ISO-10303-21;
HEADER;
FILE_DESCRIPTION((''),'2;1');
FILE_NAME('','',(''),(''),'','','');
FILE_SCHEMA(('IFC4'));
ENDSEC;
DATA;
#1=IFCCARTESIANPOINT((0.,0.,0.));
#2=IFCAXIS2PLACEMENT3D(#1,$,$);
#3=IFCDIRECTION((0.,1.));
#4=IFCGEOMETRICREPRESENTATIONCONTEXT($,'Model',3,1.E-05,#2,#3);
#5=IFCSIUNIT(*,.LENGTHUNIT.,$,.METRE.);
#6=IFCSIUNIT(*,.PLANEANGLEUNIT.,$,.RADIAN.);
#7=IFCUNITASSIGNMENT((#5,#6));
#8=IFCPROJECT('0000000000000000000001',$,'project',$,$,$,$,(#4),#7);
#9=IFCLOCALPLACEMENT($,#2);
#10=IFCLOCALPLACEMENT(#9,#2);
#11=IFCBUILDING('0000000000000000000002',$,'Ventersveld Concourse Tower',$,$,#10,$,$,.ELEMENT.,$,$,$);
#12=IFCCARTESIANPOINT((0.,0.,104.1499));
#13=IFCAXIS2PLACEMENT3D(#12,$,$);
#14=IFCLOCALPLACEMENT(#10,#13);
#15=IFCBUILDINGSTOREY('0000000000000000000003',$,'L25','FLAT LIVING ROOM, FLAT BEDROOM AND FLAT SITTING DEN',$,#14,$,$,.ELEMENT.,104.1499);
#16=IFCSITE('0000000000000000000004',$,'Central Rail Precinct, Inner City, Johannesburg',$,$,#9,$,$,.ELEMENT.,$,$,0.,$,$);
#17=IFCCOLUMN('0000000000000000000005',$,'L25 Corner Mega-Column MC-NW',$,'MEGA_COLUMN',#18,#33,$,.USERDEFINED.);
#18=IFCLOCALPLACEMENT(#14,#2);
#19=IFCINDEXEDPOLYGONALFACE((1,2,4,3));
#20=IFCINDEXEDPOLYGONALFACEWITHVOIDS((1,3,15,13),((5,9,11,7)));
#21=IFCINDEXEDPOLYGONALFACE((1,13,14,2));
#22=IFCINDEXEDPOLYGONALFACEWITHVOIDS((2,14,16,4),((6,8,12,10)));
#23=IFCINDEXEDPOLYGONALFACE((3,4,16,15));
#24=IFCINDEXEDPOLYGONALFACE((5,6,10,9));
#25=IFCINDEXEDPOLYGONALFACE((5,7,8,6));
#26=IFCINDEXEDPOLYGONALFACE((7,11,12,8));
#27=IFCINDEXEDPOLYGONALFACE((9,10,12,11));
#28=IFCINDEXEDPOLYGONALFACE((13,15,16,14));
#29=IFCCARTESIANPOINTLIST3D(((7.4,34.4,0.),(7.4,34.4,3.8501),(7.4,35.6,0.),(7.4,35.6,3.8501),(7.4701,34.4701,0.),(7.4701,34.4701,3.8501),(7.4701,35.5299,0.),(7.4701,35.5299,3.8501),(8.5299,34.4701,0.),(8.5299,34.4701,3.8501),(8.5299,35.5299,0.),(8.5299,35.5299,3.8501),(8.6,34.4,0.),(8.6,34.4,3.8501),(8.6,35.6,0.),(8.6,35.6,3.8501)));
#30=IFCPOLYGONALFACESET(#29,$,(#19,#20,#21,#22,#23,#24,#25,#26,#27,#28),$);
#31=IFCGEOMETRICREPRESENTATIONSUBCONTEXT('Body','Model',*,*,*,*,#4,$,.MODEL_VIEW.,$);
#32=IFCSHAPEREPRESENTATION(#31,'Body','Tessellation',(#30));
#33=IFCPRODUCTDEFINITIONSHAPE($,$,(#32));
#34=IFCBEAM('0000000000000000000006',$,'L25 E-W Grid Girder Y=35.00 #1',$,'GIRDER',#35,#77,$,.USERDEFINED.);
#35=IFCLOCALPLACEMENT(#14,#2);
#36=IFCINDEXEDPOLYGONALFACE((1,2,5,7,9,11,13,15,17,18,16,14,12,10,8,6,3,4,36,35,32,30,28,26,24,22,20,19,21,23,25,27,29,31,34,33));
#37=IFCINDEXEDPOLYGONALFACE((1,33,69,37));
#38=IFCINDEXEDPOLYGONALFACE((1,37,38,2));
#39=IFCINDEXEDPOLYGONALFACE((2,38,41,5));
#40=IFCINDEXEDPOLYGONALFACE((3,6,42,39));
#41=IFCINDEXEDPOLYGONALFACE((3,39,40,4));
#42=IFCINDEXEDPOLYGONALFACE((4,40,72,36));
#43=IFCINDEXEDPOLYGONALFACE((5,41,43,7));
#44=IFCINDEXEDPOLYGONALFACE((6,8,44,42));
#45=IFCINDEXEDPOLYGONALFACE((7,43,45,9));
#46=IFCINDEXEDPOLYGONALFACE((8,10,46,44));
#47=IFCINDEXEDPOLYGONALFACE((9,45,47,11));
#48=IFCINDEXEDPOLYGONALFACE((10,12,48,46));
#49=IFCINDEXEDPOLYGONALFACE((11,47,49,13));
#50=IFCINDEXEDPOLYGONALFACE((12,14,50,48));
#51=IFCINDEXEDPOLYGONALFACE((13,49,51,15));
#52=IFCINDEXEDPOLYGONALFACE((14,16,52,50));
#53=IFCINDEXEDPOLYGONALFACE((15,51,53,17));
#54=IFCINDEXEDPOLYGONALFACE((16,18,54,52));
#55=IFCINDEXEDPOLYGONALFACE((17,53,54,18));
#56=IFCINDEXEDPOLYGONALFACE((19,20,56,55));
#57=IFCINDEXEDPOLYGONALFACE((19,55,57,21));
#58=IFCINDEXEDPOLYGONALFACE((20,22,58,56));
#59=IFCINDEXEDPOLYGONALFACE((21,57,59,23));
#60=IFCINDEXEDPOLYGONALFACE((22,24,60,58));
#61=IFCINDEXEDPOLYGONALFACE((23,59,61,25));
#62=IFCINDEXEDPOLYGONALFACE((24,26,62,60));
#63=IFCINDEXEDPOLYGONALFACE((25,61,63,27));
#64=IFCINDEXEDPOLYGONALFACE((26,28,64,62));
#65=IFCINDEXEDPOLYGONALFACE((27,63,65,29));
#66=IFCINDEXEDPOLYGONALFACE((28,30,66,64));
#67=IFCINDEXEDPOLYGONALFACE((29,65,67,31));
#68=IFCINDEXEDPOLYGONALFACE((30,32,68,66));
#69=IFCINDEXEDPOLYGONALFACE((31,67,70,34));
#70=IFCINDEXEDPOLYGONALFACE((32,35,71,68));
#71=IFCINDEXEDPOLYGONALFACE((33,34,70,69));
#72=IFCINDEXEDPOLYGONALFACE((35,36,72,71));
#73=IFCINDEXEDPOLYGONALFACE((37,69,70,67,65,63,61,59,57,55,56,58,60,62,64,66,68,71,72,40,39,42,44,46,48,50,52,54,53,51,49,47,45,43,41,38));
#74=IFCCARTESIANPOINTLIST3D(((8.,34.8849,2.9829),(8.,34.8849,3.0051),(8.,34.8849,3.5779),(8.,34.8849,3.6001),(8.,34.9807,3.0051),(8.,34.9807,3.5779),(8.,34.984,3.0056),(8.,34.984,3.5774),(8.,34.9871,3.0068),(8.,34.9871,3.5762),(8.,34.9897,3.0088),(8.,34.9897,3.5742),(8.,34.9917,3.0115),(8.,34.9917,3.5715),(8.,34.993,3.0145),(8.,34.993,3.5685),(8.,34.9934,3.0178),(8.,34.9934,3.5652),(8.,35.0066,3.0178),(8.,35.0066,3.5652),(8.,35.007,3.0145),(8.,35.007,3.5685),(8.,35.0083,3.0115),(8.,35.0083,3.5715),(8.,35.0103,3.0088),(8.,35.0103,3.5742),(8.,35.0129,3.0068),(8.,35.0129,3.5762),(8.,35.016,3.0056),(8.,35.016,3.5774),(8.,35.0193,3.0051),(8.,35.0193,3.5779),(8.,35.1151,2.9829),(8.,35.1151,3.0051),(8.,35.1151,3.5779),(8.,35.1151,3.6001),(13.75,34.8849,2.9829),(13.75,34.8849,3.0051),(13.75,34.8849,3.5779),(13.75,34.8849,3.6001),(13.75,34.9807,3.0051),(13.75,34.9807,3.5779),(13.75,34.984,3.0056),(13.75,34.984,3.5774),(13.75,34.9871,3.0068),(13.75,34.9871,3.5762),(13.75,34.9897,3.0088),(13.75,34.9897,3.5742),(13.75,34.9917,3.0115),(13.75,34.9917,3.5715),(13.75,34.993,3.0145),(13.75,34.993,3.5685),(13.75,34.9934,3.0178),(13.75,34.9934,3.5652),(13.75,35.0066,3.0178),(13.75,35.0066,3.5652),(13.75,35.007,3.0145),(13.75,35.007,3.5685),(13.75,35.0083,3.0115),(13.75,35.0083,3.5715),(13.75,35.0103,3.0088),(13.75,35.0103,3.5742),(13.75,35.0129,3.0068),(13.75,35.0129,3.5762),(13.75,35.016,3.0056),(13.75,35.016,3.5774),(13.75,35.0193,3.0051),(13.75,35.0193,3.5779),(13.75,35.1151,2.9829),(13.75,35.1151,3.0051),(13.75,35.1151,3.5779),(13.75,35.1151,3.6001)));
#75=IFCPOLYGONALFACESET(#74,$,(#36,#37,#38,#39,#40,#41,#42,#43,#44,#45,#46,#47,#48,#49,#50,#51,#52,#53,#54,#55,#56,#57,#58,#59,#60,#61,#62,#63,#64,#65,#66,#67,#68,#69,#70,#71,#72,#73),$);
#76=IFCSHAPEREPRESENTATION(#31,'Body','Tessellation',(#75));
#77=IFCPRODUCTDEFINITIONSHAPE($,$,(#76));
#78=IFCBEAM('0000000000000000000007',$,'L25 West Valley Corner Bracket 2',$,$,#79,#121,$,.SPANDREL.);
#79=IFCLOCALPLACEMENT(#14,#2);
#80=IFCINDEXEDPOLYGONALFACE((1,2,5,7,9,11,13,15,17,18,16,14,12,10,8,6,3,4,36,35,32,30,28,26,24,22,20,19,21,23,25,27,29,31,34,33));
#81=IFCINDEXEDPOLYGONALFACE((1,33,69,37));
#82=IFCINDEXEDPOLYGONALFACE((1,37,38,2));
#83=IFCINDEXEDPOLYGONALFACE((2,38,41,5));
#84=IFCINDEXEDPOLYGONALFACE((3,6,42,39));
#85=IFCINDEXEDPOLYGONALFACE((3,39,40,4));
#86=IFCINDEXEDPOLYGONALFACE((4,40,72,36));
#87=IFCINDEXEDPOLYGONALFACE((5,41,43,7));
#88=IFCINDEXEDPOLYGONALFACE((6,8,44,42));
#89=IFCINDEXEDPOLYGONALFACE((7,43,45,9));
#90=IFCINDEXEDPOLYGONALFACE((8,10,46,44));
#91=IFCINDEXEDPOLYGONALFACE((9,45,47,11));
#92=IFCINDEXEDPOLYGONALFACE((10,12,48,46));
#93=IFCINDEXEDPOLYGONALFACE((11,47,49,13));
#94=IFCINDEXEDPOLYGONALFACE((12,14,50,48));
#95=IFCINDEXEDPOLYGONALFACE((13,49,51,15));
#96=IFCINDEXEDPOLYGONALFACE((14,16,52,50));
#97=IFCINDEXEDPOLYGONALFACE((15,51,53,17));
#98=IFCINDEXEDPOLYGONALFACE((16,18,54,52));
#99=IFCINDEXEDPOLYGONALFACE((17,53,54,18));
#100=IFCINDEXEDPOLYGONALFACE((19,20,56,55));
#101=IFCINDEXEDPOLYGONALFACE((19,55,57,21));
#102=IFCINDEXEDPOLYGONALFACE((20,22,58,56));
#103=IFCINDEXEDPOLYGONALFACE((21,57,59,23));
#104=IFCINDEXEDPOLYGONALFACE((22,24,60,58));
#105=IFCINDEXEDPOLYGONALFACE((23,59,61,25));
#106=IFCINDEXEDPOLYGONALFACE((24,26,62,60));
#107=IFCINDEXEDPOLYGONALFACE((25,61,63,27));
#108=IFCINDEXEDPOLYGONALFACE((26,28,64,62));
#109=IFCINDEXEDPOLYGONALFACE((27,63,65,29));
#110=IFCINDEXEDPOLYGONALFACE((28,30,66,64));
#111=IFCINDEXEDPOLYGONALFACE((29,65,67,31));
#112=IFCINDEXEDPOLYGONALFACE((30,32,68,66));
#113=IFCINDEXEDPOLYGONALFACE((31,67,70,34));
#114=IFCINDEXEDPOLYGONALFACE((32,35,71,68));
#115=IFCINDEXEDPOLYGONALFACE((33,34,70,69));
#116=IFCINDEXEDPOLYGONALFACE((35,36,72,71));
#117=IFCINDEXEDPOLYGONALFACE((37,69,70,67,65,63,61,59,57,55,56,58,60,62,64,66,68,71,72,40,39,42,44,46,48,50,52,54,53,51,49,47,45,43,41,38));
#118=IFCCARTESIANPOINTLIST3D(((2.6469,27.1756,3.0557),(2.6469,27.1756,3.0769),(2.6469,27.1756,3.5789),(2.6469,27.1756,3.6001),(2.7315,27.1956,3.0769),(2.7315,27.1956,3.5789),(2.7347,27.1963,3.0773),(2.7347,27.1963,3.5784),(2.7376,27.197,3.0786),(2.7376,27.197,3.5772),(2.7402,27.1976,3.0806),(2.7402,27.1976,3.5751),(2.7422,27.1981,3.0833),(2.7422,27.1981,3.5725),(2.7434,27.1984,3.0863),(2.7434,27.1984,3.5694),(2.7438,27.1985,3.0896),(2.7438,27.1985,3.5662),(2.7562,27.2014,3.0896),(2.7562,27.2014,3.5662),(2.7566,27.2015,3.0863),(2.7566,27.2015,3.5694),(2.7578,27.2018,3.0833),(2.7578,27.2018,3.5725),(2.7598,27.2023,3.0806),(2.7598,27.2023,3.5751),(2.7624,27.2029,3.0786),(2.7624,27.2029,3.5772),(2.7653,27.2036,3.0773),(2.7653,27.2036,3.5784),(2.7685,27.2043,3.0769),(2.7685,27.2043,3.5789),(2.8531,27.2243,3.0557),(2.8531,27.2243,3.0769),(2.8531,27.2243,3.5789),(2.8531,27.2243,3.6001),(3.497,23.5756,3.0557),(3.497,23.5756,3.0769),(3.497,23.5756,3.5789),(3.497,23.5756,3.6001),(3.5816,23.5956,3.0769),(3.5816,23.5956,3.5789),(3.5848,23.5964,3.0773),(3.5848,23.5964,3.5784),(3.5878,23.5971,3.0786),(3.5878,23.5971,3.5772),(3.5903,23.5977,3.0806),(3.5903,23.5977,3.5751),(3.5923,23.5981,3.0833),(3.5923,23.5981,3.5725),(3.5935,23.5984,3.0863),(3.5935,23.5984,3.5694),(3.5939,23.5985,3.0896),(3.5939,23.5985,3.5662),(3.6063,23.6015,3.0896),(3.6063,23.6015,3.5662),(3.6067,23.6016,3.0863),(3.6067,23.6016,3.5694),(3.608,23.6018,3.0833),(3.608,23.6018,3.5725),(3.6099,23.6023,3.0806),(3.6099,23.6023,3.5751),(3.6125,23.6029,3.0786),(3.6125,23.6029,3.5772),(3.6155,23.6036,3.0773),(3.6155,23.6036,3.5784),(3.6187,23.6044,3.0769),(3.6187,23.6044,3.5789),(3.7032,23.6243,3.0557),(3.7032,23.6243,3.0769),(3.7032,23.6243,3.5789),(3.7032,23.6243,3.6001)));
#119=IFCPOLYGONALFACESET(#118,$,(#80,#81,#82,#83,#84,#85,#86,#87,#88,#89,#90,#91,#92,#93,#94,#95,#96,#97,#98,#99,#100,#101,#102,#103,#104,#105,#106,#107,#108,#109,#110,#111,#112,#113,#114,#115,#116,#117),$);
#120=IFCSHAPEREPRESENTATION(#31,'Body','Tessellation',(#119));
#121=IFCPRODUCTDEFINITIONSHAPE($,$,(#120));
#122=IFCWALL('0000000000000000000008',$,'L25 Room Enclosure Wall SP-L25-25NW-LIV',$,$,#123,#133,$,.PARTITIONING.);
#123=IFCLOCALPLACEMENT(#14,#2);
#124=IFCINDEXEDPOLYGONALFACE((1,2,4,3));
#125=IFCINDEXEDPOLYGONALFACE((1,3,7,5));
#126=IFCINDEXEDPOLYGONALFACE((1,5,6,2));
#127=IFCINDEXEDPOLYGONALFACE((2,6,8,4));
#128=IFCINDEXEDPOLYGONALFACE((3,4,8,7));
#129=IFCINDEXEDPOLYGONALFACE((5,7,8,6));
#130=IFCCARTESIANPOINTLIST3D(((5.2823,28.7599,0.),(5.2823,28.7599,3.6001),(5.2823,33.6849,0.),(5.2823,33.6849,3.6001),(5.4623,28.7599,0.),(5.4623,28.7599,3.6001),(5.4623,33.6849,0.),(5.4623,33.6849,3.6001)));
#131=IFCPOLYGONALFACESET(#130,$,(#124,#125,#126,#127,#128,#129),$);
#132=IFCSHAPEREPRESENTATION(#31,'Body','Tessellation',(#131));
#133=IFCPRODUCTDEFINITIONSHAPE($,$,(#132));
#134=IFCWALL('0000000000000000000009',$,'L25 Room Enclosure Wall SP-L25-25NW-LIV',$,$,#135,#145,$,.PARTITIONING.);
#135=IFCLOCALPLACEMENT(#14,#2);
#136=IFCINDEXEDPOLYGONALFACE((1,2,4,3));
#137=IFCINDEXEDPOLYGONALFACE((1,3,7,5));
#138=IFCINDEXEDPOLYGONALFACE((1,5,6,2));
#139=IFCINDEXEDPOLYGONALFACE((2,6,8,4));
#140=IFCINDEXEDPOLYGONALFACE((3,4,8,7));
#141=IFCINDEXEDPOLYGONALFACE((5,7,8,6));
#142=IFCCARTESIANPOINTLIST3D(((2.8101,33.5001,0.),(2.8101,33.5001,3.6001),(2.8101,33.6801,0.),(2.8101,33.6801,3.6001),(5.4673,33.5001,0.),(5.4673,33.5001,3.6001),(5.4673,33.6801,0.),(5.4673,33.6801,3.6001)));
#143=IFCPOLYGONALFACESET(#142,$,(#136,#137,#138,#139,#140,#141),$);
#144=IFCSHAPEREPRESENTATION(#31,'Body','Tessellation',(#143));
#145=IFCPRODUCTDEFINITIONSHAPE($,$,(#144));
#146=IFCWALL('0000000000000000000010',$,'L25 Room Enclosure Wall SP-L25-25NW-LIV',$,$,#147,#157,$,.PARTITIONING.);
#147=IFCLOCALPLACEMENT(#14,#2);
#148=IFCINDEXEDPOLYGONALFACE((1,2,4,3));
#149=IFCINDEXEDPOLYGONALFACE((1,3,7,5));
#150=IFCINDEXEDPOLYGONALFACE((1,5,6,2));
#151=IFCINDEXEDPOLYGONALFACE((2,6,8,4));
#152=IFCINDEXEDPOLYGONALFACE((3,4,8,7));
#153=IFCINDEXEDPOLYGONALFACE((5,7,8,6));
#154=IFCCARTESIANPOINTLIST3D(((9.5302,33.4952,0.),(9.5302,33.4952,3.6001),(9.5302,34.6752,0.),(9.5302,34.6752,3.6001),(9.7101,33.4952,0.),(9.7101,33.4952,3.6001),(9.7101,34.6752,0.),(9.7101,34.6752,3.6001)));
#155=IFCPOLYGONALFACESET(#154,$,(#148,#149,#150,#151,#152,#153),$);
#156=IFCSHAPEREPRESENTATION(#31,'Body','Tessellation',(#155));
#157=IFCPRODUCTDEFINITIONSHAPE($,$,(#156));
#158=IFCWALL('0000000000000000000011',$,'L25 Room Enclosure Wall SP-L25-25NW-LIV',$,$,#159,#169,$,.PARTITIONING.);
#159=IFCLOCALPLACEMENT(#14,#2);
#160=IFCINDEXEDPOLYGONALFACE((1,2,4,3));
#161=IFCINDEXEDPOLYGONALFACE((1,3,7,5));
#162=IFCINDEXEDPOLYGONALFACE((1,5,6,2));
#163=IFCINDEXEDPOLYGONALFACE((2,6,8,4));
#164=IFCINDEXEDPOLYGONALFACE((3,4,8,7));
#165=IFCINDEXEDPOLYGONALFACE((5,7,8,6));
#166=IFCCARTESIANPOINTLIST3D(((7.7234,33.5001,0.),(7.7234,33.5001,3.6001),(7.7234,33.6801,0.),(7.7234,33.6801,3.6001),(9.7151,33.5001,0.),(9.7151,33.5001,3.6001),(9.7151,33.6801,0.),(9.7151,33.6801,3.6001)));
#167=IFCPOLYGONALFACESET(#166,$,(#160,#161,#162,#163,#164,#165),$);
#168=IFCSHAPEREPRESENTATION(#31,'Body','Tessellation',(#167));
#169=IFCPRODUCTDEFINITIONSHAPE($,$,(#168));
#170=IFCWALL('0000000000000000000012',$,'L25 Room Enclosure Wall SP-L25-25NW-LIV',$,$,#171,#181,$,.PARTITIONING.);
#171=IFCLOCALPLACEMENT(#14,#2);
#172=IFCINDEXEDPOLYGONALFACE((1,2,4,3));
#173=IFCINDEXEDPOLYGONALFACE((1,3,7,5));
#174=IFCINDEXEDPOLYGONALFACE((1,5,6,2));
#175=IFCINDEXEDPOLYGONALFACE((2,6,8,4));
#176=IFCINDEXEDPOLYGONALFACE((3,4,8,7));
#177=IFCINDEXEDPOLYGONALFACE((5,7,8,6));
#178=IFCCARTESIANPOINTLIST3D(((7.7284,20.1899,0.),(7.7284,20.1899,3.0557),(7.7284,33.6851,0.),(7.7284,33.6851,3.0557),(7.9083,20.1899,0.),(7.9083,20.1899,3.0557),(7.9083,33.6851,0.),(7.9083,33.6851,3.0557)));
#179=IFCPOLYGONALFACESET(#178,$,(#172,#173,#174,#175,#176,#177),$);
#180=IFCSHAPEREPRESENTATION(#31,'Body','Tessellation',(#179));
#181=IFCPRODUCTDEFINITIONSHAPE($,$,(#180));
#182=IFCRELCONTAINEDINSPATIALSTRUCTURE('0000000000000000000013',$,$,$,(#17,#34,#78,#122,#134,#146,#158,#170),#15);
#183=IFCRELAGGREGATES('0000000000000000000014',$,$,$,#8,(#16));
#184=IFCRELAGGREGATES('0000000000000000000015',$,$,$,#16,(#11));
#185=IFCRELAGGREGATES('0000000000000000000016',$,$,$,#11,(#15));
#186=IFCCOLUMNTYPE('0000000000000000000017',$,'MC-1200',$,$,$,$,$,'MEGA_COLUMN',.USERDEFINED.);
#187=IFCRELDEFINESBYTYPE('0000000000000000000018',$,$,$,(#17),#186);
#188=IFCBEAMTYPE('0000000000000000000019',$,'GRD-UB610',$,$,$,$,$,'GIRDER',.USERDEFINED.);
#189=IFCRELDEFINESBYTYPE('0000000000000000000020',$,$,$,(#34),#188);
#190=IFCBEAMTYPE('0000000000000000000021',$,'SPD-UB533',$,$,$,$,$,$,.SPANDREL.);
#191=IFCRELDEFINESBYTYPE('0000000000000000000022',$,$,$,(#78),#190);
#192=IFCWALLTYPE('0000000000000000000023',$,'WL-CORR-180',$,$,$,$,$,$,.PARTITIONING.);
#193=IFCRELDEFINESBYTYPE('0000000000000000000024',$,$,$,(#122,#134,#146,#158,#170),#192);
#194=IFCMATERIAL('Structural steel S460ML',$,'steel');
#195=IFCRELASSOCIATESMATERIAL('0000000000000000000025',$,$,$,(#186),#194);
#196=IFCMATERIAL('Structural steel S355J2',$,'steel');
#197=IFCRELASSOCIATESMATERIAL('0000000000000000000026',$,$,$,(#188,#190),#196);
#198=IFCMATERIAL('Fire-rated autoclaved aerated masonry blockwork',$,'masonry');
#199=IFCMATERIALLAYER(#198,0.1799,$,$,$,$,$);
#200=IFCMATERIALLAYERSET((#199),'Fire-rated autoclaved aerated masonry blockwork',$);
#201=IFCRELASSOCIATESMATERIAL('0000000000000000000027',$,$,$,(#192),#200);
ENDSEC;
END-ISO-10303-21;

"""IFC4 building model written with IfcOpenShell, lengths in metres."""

from ifc_helpers import new_model, si_unit, direction, frame, frame_2d, origin, origin_2d, place, context, subcontext, project, spatial, rectangle, hollow_rectangle, i_section, extrude, material, layer, layer_set, material_profile, profile_set, type_object, element, save


model = new_model("IFC4")

# Units and contexts
model_context = context("Model", 3, precision=1e-05, world=origin(), true_north=direction((0.0, 1.0)))
body_context = subcontext(model_context, "Body", "Model", "MODEL_VIEW")
ifc_project = project(units=[si_unit("LENGTHUNIT", "METRE"), si_unit("PLANEANGLEUNIT", "RADIAN")], contexts=[model_context])

# Site, building, storey
site_placement = place(None, origin())
site = spatial("IfcSite", under=ifc_project, at=site_placement, Name="Central Rail Precinct, Inner City, Johannesburg", CompositionType="ELEMENT", RefElevation=0.0)
building_placement = place(site_placement, origin())
building = spatial("IfcBuilding", under=site, at=building_placement, Name="Ventersveld Concourse Tower", CompositionType="ELEMENT")
storey_placement = place(building_placement, frame((0.0, 0.0, 104.1499)))
storey = spatial("IfcBuildingStorey", under=building, at=storey_placement, Name="L25", Description="FLAT LIVING ROOM, FLAT BEDROOM AND FLAT SITTING DEN", CompositionType="ELEMENT", Elevation=104.1499)

# Column
ifc_material_1 = material(Name="Structural steel S460ML", Category="steel")
ifc_material_profile_1 = material_profile(ifc_material_1, hollow_rectangle(XDim=1.2, YDim=1.2, WallThickness=0.0701, at=origin_2d()), Name="BOX 1200x1200x70")
ifc_profile_set_1 = profile_set([ifc_material_profile_1], Name="Structural steel S460ML")
column_type = type_object("IfcColumnType", Name="MC-1200", ElementType="MEGA_COLUMN", PredefinedType="USERDEFINED", material=ifc_profile_set_1)
column_placement = place(storey_placement, frame((8.0, 35.0, 0.0), z_axis=(0.0, 0.0, 1.0), x_axis=(1.0, 0.0, 0.0)))
element("IfcColumn", 1, at=column_placement, inside=storey, type_object=column_type, Name="L25 Corner Mega-Column MC-NW", ObjectType="MEGA_COLUMN", PredefinedType="USERDEFINED", context=body_context, shape_type="SweptSolid", body=[
    extrude(hollow_rectangle(XDim=1.2, YDim=1.2, WallThickness=0.0701, at=origin_2d()), origin(), (0.0, 0.0, 1.0), 3.8501),
])

# Beams
ifc_material_2 = material(Name="Structural steel S355J2", Category="steel")
ifc_material_profile_2 = material_profile(ifc_material_2, i_section(OverallWidth=0.2302, OverallDepth=0.6172, WebThickness=0.0132, FlangeThickness=0.0222, FilletRadius=0.0127, at=origin_2d()), Name="UB 610x229x140")
ifc_profile_set_2 = profile_set([ifc_material_profile_2], Name="Structural steel S355J2")
beam_type_1 = type_object("IfcBeamType", Name="GRD-UB610", ElementType="GIRDER", PredefinedType="USERDEFINED", material=ifc_profile_set_2)
beam_1_placement = place(storey_placement, frame((8.0, 35.0, 3.2915), z_axis=(1.0, 0.0, 0.0), x_axis=(0.0, 1.0, 0.0)))
element("IfcBeam", 2, at=beam_1_placement, inside=storey, type_object=beam_type_1, Name="L25 E-W Grid Girder Y=35.00 #1", ObjectType="GIRDER", PredefinedType="USERDEFINED", context=body_context, shape_type="SweptSolid", body=[
    extrude(i_section(OverallWidth=0.2302, OverallDepth=0.6172, WebThickness=0.0132, FlangeThickness=0.0222, FilletRadius=0.0127, at=origin_2d()), origin(), (0.0, 0.0, 1.0), 5.75),
])
ifc_material_profile_3 = material_profile(ifc_material_2, i_section(OverallWidth=0.2119, OverallDepth=0.5444, WebThickness=0.0127, FlangeThickness=0.0212, FilletRadius=0.0127, at=origin_2d()), Name="UB 533x210x122")
ifc_profile_set_3 = profile_set([ifc_material_profile_3], Name="Structural steel S355J2")
beam_type_2 = type_object("IfcBeamType", Name="SPD-UB533", PredefinedType="SPANDREL", material=ifc_profile_set_3)
beam_2_placement = place(storey_placement, frame((2.75, 27.2, 3.3279), z_axis=(0.229827, -0.973232, 0.0), x_axis=(0.973232, 0.229827, 0.0)))
element("IfcBeam", 3, at=beam_2_placement, inside=storey, type_object=beam_type_2, Name="L25 West Valley Corner Bracket 2", PredefinedType="SPANDREL", context=body_context, shape_type="SweptSolid", body=[
    extrude(i_section(OverallWidth=0.2119, OverallDepth=0.5444, WebThickness=0.0127, FlangeThickness=0.0212, FilletRadius=0.0127, at=origin_2d()), origin(), (0.0, 0.0, 1.0), 3.699),
])

# Walls
ifc_material_3 = material(Name="Fire-rated autoclaved aerated masonry blockwork", Category="masonry")
ifc_layer_1 = layer(ifc_material_3, 0.1799)
ifc_layer_set_1 = layer_set([ifc_layer_1], Name="Fire-rated autoclaved aerated masonry blockwork")
wall_type_1 = type_object("IfcWallType", Name="WL-CORR-180", PredefinedType="PARTITIONING", material=ifc_layer_set_1)
wall_1_placement = place(storey_placement, frame((5.3723, 28.76, 0.0), z_axis=(0.0, 0.0, 1.0), x_axis=(0.0, 1.0, 0.0)))
element("IfcWall", 4, at=wall_1_placement, inside=storey, type_object=wall_type_1, Name="L25 Room Enclosure Wall SP-L25-25NW-LIV", PredefinedType="PARTITIONING", context=body_context, shape_type="SweptSolid", body=[
    extrude(rectangle(XDim=4.925, YDim=0.1799, at=frame_2d((2.4624, 0.0))), origin(), (0.0, 0.0, 1.0), 3.6001),
])
wall_2_placement = place(storey_placement, frame((5.4673, 33.5901, 0.0), z_axis=(0.0, 0.0, 1.0), x_axis=(-1.0, 0.0, 0.0)))
element("IfcWall", 5, at=wall_2_placement, inside=storey, type_object=wall_type_1, Name="L25 Room Enclosure Wall SP-L25-25NW-LIV", PredefinedType="PARTITIONING", context=body_context, shape_type="SweptSolid", body=[
    extrude(rectangle(XDim=2.6572, YDim=0.1799, at=frame_2d((1.3286, 0.0))), origin(), (0.0, 0.0, 1.0), 3.6001),
])
wall_3_placement = place(storey_placement, frame((9.6201, 34.675, 0.0), z_axis=(0.0, 0.0, 1.0), x_axis=(0.0, -1.0, 0.0)))
element("IfcWall", 6, at=wall_3_placement, inside=storey, type_object=wall_type_1, Name="L25 Room Enclosure Wall SP-L25-25NW-LIV", PredefinedType="PARTITIONING", context=body_context, shape_type="SweptSolid", body=[
    extrude(rectangle(XDim=1.1799, YDim=0.1799, at=frame_2d((0.5898, 0.0))), origin(), (0.0, 0.0, 1.0), 3.6001),
])
wall_4_placement = place(storey_placement, frame((9.7151, 33.5901, 0.0), z_axis=(0.0, 0.0, 1.0), x_axis=(-1.0, 0.0, 0.0)))
element("IfcWall", 7, at=wall_4_placement, inside=storey, type_object=wall_type_1, Name="L25 Room Enclosure Wall SP-L25-25NW-LIV", PredefinedType="PARTITIONING", context=body_context, shape_type="SweptSolid", body=[
    extrude(rectangle(XDim=1.9917, YDim=0.1799, at=frame_2d((0.9958, 0.0))), origin(), (0.0, 0.0, 1.0), 3.6001),
])
wall_5_placement = place(storey_placement, frame((7.8184, 33.6851, 0.0), z_axis=(0.0, 0.0, 1.0), x_axis=(0.0, -1.0, 0.0)))
element("IfcWall", 8, at=wall_5_placement, inside=storey, type_object=wall_type_1, Name="L25 Room Enclosure Wall SP-L25-25NW-LIV", PredefinedType="PARTITIONING", context=body_context, shape_type="SweptSolid", body=[
    extrude(rectangle(XDim=13.4951, YDim=0.1799, at=frame_2d((6.7476, 0.0))), origin(), (0.0, 0.0, 1.0), 3.0557),
])

save(model, "model.ifc")
